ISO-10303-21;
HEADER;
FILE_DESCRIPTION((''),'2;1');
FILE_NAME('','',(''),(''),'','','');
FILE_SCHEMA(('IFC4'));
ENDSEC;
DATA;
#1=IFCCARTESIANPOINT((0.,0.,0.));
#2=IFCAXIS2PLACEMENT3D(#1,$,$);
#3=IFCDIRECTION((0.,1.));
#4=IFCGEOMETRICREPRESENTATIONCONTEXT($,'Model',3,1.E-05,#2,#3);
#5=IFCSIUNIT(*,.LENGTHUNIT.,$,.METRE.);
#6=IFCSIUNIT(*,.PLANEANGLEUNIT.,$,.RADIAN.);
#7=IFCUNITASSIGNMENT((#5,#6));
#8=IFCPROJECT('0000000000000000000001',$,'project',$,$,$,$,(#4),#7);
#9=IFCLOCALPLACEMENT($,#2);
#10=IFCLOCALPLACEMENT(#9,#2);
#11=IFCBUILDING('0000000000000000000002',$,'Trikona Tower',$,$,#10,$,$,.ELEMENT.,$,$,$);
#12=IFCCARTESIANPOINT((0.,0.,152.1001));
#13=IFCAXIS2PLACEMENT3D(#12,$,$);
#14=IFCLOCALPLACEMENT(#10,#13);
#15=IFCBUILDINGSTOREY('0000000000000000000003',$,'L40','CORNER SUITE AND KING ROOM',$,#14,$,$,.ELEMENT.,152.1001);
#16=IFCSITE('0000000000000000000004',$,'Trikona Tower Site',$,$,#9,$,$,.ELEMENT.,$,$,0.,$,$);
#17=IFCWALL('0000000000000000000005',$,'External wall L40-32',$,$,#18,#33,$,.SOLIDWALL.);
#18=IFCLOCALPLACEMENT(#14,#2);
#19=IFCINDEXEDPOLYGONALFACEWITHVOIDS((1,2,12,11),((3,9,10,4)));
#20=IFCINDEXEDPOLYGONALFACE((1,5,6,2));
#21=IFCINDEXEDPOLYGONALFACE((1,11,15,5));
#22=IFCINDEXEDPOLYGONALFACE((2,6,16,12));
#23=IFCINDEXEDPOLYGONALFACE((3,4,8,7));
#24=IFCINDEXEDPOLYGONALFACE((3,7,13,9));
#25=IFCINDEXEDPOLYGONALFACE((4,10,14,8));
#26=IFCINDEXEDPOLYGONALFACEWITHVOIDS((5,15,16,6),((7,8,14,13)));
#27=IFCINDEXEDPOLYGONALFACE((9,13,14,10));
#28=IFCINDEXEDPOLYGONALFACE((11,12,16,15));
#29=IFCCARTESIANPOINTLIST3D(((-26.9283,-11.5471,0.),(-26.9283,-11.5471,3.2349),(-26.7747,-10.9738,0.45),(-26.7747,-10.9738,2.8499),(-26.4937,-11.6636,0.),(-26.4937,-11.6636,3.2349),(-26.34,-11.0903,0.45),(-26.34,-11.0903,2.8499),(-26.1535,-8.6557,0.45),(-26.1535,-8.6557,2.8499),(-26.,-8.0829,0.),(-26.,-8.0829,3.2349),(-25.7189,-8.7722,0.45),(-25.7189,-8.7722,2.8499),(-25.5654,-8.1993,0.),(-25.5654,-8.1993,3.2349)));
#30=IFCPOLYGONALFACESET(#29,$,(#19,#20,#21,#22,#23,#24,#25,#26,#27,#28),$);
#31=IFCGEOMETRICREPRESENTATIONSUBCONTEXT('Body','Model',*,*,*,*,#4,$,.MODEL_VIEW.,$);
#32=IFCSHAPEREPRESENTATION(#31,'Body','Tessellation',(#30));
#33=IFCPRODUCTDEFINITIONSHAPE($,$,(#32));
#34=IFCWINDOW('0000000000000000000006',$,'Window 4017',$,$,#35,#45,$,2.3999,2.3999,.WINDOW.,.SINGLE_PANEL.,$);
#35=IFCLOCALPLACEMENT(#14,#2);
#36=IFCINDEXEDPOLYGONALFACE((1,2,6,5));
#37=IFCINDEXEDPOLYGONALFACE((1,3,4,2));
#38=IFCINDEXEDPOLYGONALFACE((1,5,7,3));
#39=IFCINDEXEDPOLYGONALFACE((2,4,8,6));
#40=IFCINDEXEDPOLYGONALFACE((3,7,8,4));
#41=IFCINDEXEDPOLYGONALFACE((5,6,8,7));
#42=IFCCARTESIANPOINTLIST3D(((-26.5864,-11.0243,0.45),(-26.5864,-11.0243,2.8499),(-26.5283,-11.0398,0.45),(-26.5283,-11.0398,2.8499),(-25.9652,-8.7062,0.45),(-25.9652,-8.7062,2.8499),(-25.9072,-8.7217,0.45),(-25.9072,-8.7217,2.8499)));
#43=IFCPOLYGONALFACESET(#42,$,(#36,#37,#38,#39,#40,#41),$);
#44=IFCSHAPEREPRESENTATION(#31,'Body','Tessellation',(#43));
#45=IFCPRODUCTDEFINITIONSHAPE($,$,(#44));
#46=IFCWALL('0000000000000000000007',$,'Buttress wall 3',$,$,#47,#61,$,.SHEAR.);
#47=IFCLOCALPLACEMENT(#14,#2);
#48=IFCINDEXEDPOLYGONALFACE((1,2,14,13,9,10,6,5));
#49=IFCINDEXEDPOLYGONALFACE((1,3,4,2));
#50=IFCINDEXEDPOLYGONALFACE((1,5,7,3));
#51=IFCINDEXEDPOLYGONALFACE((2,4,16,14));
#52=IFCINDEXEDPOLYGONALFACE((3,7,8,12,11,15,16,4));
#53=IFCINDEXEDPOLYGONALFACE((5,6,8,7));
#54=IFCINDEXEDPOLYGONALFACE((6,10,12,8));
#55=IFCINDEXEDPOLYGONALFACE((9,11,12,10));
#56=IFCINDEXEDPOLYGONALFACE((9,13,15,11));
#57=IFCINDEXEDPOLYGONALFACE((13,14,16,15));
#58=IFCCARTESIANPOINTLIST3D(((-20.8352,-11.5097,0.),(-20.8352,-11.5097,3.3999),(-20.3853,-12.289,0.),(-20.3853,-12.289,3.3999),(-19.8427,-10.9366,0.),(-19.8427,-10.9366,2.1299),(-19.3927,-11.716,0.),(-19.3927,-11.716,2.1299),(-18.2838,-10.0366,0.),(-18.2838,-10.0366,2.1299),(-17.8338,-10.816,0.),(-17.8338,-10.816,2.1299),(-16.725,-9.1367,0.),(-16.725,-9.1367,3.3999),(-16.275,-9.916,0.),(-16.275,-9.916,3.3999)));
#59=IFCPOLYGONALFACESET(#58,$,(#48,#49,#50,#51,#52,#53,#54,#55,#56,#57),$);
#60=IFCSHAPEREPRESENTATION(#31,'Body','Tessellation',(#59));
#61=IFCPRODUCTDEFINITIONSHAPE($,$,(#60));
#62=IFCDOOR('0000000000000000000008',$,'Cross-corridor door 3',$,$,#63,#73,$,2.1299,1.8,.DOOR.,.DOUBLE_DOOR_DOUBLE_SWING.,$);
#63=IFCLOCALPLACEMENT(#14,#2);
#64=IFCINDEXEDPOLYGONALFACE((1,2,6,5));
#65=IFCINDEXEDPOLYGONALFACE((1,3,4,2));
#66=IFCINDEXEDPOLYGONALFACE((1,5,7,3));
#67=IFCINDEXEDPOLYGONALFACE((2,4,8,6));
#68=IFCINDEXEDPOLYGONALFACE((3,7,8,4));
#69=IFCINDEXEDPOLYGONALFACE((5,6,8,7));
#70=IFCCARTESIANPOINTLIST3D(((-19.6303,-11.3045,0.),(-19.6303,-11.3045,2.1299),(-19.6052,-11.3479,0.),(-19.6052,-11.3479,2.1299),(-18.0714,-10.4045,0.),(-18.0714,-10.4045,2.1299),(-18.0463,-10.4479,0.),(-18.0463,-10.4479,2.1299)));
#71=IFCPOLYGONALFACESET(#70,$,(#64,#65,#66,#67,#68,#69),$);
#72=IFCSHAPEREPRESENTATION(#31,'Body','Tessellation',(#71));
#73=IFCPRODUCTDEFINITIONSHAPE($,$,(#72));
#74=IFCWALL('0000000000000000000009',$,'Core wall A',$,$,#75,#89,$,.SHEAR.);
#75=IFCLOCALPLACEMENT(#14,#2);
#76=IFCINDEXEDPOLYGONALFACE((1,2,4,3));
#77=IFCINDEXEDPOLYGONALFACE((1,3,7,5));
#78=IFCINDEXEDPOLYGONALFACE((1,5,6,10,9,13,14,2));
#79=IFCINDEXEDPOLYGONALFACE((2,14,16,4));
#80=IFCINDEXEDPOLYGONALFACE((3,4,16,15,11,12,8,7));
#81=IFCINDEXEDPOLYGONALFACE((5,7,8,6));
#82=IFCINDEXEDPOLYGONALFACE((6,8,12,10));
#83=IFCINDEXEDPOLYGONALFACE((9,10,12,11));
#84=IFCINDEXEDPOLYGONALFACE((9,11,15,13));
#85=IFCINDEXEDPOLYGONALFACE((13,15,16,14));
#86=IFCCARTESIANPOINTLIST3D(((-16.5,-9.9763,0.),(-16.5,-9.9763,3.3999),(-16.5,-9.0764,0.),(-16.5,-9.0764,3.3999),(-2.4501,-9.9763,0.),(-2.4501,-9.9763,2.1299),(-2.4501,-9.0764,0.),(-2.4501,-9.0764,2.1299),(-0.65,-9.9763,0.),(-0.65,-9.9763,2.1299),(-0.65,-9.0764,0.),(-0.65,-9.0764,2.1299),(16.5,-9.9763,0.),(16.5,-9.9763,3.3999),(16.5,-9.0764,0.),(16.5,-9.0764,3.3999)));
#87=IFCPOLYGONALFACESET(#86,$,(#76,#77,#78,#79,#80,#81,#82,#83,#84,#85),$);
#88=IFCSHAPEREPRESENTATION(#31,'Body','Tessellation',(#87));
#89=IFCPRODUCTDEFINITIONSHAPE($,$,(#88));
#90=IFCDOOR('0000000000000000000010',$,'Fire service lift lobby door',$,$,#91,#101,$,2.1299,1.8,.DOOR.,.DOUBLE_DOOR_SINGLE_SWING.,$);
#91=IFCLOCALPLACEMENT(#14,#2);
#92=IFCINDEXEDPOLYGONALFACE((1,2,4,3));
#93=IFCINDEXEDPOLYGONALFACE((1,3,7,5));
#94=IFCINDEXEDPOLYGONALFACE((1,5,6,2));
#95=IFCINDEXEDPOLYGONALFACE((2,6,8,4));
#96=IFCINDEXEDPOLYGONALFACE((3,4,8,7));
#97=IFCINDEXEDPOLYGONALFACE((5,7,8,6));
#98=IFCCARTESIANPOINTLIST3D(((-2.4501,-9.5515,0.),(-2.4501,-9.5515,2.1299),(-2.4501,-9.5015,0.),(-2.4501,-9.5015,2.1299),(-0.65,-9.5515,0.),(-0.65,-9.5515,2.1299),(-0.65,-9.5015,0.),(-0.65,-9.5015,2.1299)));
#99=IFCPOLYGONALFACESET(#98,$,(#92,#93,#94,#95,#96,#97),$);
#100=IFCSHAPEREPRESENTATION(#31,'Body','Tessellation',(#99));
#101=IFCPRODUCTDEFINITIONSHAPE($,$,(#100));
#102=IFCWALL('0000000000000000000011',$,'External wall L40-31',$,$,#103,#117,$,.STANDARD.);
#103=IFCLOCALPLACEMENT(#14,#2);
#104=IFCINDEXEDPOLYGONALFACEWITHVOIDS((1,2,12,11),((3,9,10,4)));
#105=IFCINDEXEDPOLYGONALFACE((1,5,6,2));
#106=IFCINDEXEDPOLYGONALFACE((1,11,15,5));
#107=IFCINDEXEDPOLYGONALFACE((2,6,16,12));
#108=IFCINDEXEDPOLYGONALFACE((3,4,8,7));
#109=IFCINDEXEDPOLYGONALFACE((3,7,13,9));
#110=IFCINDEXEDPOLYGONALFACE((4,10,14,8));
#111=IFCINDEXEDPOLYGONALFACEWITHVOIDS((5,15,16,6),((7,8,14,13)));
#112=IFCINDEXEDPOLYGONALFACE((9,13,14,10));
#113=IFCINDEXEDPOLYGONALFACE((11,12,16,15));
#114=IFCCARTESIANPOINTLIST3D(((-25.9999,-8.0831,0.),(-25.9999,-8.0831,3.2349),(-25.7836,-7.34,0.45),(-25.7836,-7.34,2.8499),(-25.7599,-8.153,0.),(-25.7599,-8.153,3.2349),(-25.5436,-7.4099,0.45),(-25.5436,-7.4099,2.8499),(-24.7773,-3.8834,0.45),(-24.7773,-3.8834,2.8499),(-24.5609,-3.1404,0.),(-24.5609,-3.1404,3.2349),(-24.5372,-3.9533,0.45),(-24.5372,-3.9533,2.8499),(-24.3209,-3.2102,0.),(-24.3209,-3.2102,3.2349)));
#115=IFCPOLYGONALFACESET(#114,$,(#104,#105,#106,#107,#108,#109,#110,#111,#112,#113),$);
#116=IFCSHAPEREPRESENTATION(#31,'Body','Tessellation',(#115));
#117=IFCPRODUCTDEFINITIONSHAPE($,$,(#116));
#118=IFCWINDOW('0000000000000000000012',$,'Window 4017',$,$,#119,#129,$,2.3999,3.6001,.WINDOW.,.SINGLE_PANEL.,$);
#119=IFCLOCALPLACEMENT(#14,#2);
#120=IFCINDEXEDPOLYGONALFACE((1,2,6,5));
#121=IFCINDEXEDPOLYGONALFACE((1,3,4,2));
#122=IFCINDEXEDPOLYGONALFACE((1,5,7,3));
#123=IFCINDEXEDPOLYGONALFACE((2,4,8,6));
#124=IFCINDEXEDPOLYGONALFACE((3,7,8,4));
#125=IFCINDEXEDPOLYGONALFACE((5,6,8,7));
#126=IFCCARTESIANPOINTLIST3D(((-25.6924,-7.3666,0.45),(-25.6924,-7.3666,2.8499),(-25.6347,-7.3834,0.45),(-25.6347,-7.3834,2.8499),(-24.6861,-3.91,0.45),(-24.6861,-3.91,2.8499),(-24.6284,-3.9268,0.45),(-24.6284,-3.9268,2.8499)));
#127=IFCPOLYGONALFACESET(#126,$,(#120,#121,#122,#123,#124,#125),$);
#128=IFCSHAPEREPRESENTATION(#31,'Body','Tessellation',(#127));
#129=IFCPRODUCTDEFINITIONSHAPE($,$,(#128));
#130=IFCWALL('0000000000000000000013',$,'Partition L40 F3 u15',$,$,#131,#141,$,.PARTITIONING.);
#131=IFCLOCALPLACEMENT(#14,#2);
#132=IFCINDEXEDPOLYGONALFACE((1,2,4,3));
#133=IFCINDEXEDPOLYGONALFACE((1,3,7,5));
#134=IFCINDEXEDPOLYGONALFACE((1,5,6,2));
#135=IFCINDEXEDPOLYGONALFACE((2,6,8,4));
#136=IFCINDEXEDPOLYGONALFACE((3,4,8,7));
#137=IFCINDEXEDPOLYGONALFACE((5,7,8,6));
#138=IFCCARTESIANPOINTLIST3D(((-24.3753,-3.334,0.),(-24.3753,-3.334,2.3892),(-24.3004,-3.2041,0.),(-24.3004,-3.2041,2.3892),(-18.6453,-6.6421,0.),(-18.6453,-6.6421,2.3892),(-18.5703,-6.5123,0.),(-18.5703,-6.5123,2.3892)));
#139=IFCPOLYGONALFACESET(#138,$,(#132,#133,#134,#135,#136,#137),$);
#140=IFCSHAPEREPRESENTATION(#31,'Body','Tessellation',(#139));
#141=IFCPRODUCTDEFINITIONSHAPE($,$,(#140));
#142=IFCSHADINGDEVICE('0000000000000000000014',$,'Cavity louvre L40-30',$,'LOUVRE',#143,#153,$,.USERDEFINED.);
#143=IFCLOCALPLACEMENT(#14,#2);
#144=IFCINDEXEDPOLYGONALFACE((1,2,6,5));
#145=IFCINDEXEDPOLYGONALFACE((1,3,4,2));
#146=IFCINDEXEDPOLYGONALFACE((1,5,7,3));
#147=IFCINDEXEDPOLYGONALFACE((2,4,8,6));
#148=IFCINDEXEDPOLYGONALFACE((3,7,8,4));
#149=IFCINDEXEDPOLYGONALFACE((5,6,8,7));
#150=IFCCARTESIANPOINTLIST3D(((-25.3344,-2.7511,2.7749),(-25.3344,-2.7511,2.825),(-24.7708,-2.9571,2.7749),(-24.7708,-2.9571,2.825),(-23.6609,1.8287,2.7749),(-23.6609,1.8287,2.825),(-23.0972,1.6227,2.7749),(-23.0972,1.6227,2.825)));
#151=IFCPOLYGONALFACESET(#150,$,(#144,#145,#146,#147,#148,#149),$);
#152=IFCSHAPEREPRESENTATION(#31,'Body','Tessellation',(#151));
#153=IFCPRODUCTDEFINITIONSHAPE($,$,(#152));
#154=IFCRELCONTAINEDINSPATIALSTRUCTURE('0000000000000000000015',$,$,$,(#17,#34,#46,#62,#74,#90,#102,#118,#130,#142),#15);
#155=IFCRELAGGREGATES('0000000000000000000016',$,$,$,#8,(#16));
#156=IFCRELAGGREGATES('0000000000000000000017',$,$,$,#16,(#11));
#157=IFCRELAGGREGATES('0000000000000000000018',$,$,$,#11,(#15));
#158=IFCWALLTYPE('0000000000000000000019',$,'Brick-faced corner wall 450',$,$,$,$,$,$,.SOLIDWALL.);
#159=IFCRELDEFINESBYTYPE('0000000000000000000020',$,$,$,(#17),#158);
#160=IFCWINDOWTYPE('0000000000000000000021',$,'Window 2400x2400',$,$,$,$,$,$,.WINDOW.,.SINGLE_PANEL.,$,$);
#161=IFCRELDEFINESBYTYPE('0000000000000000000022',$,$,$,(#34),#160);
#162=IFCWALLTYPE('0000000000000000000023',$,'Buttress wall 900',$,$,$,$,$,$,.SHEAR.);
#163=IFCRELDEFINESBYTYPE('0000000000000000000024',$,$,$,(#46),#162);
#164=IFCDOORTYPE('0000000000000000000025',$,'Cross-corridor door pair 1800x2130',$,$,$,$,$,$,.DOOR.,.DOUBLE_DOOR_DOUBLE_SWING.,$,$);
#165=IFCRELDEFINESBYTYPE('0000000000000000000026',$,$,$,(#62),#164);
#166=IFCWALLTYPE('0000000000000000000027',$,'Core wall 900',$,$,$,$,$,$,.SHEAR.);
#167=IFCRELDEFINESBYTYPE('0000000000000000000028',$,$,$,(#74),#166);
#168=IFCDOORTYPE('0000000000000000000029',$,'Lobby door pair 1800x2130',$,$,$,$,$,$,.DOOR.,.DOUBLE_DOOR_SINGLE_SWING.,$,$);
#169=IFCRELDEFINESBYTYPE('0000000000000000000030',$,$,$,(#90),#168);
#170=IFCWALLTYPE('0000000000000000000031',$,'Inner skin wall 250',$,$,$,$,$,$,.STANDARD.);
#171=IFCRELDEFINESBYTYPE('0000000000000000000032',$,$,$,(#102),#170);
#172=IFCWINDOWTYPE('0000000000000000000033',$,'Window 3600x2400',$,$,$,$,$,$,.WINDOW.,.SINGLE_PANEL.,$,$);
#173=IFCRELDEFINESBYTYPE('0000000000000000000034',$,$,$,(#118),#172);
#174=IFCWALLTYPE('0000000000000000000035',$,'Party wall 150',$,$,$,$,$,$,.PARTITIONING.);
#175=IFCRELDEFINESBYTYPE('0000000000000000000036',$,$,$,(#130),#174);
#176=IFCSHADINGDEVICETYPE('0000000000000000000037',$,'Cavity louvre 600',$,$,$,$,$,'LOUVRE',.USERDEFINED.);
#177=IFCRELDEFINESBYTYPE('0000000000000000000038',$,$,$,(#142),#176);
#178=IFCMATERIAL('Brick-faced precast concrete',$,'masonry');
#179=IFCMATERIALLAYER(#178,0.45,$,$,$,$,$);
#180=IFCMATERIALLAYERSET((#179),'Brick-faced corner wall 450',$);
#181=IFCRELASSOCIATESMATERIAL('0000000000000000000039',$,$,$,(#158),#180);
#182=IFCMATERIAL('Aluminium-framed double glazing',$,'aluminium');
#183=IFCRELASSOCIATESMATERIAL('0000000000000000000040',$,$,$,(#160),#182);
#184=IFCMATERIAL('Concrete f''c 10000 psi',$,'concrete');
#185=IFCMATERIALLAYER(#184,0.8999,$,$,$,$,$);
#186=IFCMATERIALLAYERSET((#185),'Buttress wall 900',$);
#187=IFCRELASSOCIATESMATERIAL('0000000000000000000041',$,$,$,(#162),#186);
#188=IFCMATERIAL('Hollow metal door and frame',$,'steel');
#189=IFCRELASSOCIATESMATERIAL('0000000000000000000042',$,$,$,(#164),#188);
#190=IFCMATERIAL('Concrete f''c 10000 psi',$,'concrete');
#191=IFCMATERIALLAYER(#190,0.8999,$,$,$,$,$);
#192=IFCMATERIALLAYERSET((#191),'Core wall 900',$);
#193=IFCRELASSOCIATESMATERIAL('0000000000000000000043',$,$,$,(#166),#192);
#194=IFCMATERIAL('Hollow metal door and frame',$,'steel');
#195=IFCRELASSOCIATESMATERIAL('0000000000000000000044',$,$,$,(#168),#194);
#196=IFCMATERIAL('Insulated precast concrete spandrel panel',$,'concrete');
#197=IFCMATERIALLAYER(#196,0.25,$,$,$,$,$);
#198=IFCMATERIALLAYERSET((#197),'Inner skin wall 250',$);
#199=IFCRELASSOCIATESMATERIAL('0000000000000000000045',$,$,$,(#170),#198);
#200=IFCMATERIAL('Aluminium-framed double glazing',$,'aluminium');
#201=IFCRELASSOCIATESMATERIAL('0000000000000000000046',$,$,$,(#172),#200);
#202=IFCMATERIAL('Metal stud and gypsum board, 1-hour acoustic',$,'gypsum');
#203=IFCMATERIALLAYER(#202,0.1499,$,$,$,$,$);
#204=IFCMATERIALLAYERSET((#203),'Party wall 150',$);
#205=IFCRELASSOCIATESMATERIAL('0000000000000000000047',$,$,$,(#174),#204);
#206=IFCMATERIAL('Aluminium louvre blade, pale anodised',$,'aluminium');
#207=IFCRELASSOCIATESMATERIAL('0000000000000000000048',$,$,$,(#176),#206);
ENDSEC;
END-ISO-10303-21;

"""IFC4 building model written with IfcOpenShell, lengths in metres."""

from ifc_helpers import new_model, si_unit, direction, frame, frame_2d, origin, origin_2d, place, context, subcontext, project, spatial, rectangle, extrude, material, layer, layer_set, type_object, element, fill, save


model = new_model("IFC4")

# Units and contexts
model_context = context("Model", 3, precision=1e-05, world=origin(), true_north=direction((0.0, 1.0)))
body_context = subcontext(model_context, "Body", "Model", "MODEL_VIEW")
ifc_project = project(units=[si_unit("LENGTHUNIT", "METRE"), si_unit("PLANEANGLEUNIT", "RADIAN")], contexts=[model_context])

# Site, building, storey
site_placement = place(None, origin())
site = spatial("IfcSite", under=ifc_project, at=site_placement, Name="Trikona Tower Site", CompositionType="ELEMENT", RefElevation=0.0)
building_placement = place(site_placement, origin())
building = spatial("IfcBuilding", under=site, at=building_placement, Name="Trikona Tower", CompositionType="ELEMENT")
storey_placement = place(building_placement, frame((0.0, 0.0, 152.1001)))
storey = spatial("IfcBuildingStorey", under=building, at=storey_placement, Name="L40", Description="CORNER SUITE AND KING ROOM", CompositionType="ELEMENT", Elevation=152.1001)

# Wall, opening, window
ifc_material_1 = material(Name="Brick-faced precast concrete", Category="masonry")
ifc_layer_1 = layer(ifc_material_1, 0.45)
ifc_layer_set_1 = layer_set([ifc_layer_1], Name="Brick-faced corner wall 450")
wall_type_1 = type_object("IfcWallType", Name="Brick-faced corner wall 450", PredefinedType="SOLIDWALL", material=ifc_layer_set_1)
wall_1_placement = place(storey_placement, frame((-25.7827, -8.1411, 0.0), z_axis=(0.0, 0.0, 1.0), x_axis=(-0.258823, -0.965925, 0.0)))
wall_1 = element("IfcWall", 1, at=wall_1_placement, inside=storey, type_object=wall_type_1, Name="External wall L40-32", PredefinedType="SOLIDWALL", context=body_context, shape_type="SweptSolid", body=[
    extrude(rectangle(XDim=3.5864, YDim=0.45, at=frame_2d((1.7932, 0.0))), origin(), (0.0, 0.0, 1.0), 3.2349),
])
opening_1_placement = place(wall_1_placement, frame((0.593, 0.0, 0.45)))
opening_1 = element("IfcOpeningElement", 2, at=opening_1_placement, cuts=wall_1, PredefinedType="OPENING", context=body_context, shape_type="SweptSolid", body=[
    extrude(rectangle(XDim=2.3999, YDim=2.3999, at=frame_2d((1.2, 1.2))), frame((0.0, 0.2349, 0.0), z_axis=(0.0, -1.0, 0.0), x_axis=(1.0, 0.0, 0.0)), (0.0, 0.0, 1.0), 0.47),
])
ifc_material_2 = material(Name="Aluminium-framed double glazing", Category="aluminium")
window_type_1 = type_object("IfcWindowType", Name="Window 2400x2400", PartitioningType="SINGLE_PANEL", PredefinedType="WINDOW", material=ifc_material_2)
window_1_placement = place(opening_1_placement, origin())
window_1 = element("IfcWindow", 3, at=window_1_placement, inside=storey, type_object=window_type_1, Name="Window 4017", OverallHeight=2.3999, OverallWidth=2.3999, PartitioningType="SINGLE_PANEL", PredefinedType="WINDOW", context=body_context, shape_type="SweptSolid", body=[
    extrude(rectangle(XDim=2.3999, YDim=2.3999, at=frame_2d((1.2, 1.2))), frame((0.0, 0.03, 0.0), z_axis=(0.0, -1.0, 0.0), x_axis=(1.0, 0.0, 0.0)), (0.0, 0.0, 1.0), 0.0601),
])
fill(opening_1, window_1)

# Walls, openings, doors
ifc_material_3 = material(Name="Concrete f'c 10000 psi", Category="concrete")
ifc_layer_2 = layer(ifc_material_3, 0.8999)
ifc_layer_set_2 = layer_set([ifc_layer_2], Name="Buttress wall 900")
wall_type_2 = type_object("IfcWallType", Name="Buttress wall 900", PredefinedType="SHEAR", material=ifc_layer_set_2)
wall_2_placement = place(storey_placement, frame((-16.5, -9.5264, 0.0), z_axis=(0.0, 0.0, 1.0), x_axis=(-0.866031, -0.49999, 0.0)))
wall_2 = element("IfcWall", 4, at=wall_2_placement, inside=storey, type_object=wall_type_2, Name="Buttress wall 3", PredefinedType="SHEAR", context=body_context, shape_type="SweptSolid", body=[
    extrude(rectangle(XDim=4.7461, YDim=0.8999, at=frame_2d((2.373, 0.0))), origin(), (0.0, 0.0, 1.0), 3.3999),
])
opening_2_placement = place(wall_2_placement, frame((1.8, 0.0, 0.0)))
opening_2 = element("IfcOpeningElement", 5, at=opening_2_placement, cuts=wall_2, PredefinedType="OPENING", context=body_context, shape_type="SweptSolid", body=[
    extrude(rectangle(XDim=1.8, YDim=2.1299, at=frame_2d((0.8999, 1.0649))), frame((0.0, 0.46, 0.0), z_axis=(0.0, -1.0, 0.0), x_axis=(1.0, 0.0, 0.0)), (0.0, 0.0, 1.0), 0.9199),
])
ifc_material_4 = material(Name="Hollow metal door and frame", Category="steel")
door_type_1 = type_object("IfcDoorType", Name="Cross-corridor door pair 1800x2130", OperationType="DOUBLE_DOOR_DOUBLE_SWING", PredefinedType="DOOR", material=ifc_material_4)
door_1_placement = place(opening_2_placement, origin())
door_1 = element("IfcDoor", 6, at=door_1_placement, inside=storey, type_object=door_type_1, Name="Cross-corridor door 3", OperationType="DOUBLE_DOOR_DOUBLE_SWING", OverallHeight=2.1299, OverallWidth=1.8, PredefinedType="DOOR", context=body_context, shape_type="SweptSolid", body=[
    extrude(rectangle(XDim=1.8, YDim=2.1299, at=frame_2d((0.8999, 1.0649))), frame((0.0, 0.0249, 0.0), z_axis=(0.0, -1.0, 0.0), x_axis=(1.0, 0.0, 0.0)), (0.0, 0.0, 1.0), 0.05),
])
fill(opening_2, door_1)
ifc_material_5 = material(Name="Concrete f'c 10000 psi", Category="concrete")
ifc_layer_3 = layer(ifc_material_5, 0.8999)
ifc_layer_set_3 = layer_set([ifc_layer_3], Name="Core wall 900")
wall_type_3 = type_object("IfcWallType", Name="Core wall 900", PredefinedType="SHEAR", material=ifc_layer_set_3)
wall_3_placement = place(storey_placement, frame((-16.5, -9.5264, 0.0), z_axis=(0.0, 0.0, 1.0), x_axis=(1.0, 0.0, 0.0)))
wall_3 = element("IfcWall", 7, at=wall_3_placement, inside=storey, type_object=wall_type_3, Name="Core wall A", PredefinedType="SHEAR", context=body_context, shape_type="SweptSolid", body=[
    extrude(rectangle(XDim=33.0, YDim=0.8999, at=frame_2d((16.5, 0.0))), origin(), (0.0, 0.0, 1.0), 3.3999),
])
opening_3_placement = place(wall_3_placement, frame((14.05, 0.0, 0.0)))
opening_3 = element("IfcOpeningElement", 8, at=opening_3_placement, cuts=wall_3, PredefinedType="OPENING", context=body_context, shape_type="SweptSolid", body=[
    extrude(rectangle(XDim=1.8, YDim=2.1299, at=frame_2d((0.8999, 1.0649))), frame((0.0, 0.46, 0.0), z_axis=(0.0, -1.0, 0.0), x_axis=(1.0, 0.0, 0.0)), (0.0, 0.0, 1.0), 0.9199),
])
ifc_material_6 = material(Name="Hollow metal door and frame", Category="steel")
door_type_2 = type_object("IfcDoorType", Name="Lobby door pair 1800x2130", OperationType="DOUBLE_DOOR_SINGLE_SWING", PredefinedType="DOOR", material=ifc_material_6)
door_2_placement = place(opening_3_placement, origin())
door_2 = element("IfcDoor", 9, at=door_2_placement, inside=storey, type_object=door_type_2, Name="Fire service lift lobby door", OperationType="DOUBLE_DOOR_SINGLE_SWING", OverallHeight=2.1299, OverallWidth=1.8, PredefinedType="DOOR", context=body_context, shape_type="SweptSolid", body=[
    extrude(rectangle(XDim=1.8, YDim=2.1299, at=frame_2d((0.8999, 1.0649))), frame((0.0, 0.0249, 0.0), z_axis=(0.0, -1.0, 0.0), x_axis=(1.0, 0.0, 0.0)), (0.0, 0.0, 1.0), 0.05),
])
fill(opening_3, door_2)

# Wall, opening, window
ifc_material_7 = material(Name="Insulated precast concrete spandrel panel", Category="concrete")
ifc_layer_4 = layer(ifc_material_7, 0.25)
ifc_layer_set_4 = layer_set([ifc_layer_4], Name="Inner skin wall 250")
wall_type_4 = type_object("IfcWallType", Name="Inner skin wall 250", PredefinedType="STANDARD", material=ifc_layer_set_4)
wall_4_placement = place(storey_placement, frame((-24.4409, -3.1753, 0.0), z_axis=(0.0, 0.0, 1.0), x_axis=(-0.279528, -0.960137, 0.0)))
wall_4 = element("IfcWall", 10, at=wall_4_placement, inside=storey, type_object=wall_type_4, Name="External wall L40-31", PredefinedType="STANDARD", context=body_context, shape_type="SweptSolid", body=[
    extrude(rectangle(XDim=5.1479, YDim=0.25, at=frame_2d((2.574, 0.0))), origin(), (0.0, 0.0, 1.0), 3.2349),
])
opening_4_placement = place(wall_4_placement, frame((0.7739, 0.0, 0.45)))
opening_4 = element("IfcOpeningElement", 11, at=opening_4_placement, cuts=wall_4, PredefinedType="OPENING", context=body_context, shape_type="SweptSolid", body=[
    extrude(rectangle(XDim=3.6001, YDim=2.3999, at=frame_2d((1.8, 1.2))), frame((0.0, 0.135, 0.0), z_axis=(0.0, -1.0, 0.0), x_axis=(1.0, 0.0, 0.0)), (0.0, 0.0, 1.0), 0.27),
])
ifc_material_8 = material(Name="Aluminium-framed double glazing", Category="aluminium")
window_type_2 = type_object("IfcWindowType", Name="Window 3600x2400", PartitioningType="SINGLE_PANEL", PredefinedType="WINDOW", material=ifc_material_8)
window_2_placement = place(opening_4_placement, origin())
window_2 = element("IfcWindow", 12, at=window_2_placement, inside=storey, type_object=window_type_2, Name="Window 4017", OverallHeight=2.3999, OverallWidth=3.6001, PartitioningType="SINGLE_PANEL", PredefinedType="WINDOW", context=body_context, shape_type="SweptSolid", body=[
    extrude(rectangle(XDim=3.6001, YDim=2.3999, at=frame_2d((1.8, 1.2))), frame((0.0, 0.03, 0.0), z_axis=(0.0, -1.0, 0.0), x_axis=(1.0, 0.0, 0.0)), (0.0, 0.0, 1.0), 0.0601),
])
fill(opening_4, window_2)

# Wall
ifc_material_9 = material(Name="Metal stud and gypsum board, 1-hour acoustic", Category="gypsum")
ifc_layer_5 = layer(ifc_material_9, 0.1499)
ifc_layer_set_5 = layer_set([ifc_layer_5], Name="Party wall 150")
wall_type_5 = type_object("IfcWallType", Name="Party wall 150", PredefinedType="PARTITIONING", material=ifc_layer_set_5)
wall_5_placement = place(storey_placement, frame((-18.6079, -6.5771, 0.0), z_axis=(0.0, 0.0, 1.0), x_axis=(-0.866032, 0.499989, 0.0)))
element("IfcWall", 13, at=wall_5_placement, inside=storey, type_object=wall_type_5, Name="Partition L40 F3 u15", PredefinedType="PARTITIONING", context=body_context, shape_type="SweptSolid", body=[
    extrude(rectangle(XDim=6.6165, YDim=0.1499, at=frame_2d((3.3081, 0.0))), origin(), (0.0, 0.0, 1.0), 2.3892),
])

# Shading device
ifc_material_10 = material(Name="Aluminium louvre blade, pale anodised", Category="aluminium")
shading_device_type = type_object("IfcShadingDeviceType", Name="Cavity louvre 600", ElementType="LOUVRE", PredefinedType="USERDEFINED", material=ifc_material_10)
shading_device_1_placement = place(storey_placement, frame((-24.2158, -0.5642, 2.7749), z_axis=(0.0, 0.0, 1.0), x_axis=(-0.34322, -0.939255, 0.0)))
element("IfcShadingDevice", 14, at=shading_device_1_placement, inside=storey, type_object=shading_device_type, Name="Cavity louvre L40-30", ObjectType="LOUVRE", PredefinedType="USERDEFINED", context=body_context, shape_type="SweptSolid", body=[
    extrude(rectangle(XDim=4.876, YDim=0.6001, at=origin_2d()), origin(), (0.0, 0.0, 1.0), 0.05),
])

save(model, "model.ifc")
